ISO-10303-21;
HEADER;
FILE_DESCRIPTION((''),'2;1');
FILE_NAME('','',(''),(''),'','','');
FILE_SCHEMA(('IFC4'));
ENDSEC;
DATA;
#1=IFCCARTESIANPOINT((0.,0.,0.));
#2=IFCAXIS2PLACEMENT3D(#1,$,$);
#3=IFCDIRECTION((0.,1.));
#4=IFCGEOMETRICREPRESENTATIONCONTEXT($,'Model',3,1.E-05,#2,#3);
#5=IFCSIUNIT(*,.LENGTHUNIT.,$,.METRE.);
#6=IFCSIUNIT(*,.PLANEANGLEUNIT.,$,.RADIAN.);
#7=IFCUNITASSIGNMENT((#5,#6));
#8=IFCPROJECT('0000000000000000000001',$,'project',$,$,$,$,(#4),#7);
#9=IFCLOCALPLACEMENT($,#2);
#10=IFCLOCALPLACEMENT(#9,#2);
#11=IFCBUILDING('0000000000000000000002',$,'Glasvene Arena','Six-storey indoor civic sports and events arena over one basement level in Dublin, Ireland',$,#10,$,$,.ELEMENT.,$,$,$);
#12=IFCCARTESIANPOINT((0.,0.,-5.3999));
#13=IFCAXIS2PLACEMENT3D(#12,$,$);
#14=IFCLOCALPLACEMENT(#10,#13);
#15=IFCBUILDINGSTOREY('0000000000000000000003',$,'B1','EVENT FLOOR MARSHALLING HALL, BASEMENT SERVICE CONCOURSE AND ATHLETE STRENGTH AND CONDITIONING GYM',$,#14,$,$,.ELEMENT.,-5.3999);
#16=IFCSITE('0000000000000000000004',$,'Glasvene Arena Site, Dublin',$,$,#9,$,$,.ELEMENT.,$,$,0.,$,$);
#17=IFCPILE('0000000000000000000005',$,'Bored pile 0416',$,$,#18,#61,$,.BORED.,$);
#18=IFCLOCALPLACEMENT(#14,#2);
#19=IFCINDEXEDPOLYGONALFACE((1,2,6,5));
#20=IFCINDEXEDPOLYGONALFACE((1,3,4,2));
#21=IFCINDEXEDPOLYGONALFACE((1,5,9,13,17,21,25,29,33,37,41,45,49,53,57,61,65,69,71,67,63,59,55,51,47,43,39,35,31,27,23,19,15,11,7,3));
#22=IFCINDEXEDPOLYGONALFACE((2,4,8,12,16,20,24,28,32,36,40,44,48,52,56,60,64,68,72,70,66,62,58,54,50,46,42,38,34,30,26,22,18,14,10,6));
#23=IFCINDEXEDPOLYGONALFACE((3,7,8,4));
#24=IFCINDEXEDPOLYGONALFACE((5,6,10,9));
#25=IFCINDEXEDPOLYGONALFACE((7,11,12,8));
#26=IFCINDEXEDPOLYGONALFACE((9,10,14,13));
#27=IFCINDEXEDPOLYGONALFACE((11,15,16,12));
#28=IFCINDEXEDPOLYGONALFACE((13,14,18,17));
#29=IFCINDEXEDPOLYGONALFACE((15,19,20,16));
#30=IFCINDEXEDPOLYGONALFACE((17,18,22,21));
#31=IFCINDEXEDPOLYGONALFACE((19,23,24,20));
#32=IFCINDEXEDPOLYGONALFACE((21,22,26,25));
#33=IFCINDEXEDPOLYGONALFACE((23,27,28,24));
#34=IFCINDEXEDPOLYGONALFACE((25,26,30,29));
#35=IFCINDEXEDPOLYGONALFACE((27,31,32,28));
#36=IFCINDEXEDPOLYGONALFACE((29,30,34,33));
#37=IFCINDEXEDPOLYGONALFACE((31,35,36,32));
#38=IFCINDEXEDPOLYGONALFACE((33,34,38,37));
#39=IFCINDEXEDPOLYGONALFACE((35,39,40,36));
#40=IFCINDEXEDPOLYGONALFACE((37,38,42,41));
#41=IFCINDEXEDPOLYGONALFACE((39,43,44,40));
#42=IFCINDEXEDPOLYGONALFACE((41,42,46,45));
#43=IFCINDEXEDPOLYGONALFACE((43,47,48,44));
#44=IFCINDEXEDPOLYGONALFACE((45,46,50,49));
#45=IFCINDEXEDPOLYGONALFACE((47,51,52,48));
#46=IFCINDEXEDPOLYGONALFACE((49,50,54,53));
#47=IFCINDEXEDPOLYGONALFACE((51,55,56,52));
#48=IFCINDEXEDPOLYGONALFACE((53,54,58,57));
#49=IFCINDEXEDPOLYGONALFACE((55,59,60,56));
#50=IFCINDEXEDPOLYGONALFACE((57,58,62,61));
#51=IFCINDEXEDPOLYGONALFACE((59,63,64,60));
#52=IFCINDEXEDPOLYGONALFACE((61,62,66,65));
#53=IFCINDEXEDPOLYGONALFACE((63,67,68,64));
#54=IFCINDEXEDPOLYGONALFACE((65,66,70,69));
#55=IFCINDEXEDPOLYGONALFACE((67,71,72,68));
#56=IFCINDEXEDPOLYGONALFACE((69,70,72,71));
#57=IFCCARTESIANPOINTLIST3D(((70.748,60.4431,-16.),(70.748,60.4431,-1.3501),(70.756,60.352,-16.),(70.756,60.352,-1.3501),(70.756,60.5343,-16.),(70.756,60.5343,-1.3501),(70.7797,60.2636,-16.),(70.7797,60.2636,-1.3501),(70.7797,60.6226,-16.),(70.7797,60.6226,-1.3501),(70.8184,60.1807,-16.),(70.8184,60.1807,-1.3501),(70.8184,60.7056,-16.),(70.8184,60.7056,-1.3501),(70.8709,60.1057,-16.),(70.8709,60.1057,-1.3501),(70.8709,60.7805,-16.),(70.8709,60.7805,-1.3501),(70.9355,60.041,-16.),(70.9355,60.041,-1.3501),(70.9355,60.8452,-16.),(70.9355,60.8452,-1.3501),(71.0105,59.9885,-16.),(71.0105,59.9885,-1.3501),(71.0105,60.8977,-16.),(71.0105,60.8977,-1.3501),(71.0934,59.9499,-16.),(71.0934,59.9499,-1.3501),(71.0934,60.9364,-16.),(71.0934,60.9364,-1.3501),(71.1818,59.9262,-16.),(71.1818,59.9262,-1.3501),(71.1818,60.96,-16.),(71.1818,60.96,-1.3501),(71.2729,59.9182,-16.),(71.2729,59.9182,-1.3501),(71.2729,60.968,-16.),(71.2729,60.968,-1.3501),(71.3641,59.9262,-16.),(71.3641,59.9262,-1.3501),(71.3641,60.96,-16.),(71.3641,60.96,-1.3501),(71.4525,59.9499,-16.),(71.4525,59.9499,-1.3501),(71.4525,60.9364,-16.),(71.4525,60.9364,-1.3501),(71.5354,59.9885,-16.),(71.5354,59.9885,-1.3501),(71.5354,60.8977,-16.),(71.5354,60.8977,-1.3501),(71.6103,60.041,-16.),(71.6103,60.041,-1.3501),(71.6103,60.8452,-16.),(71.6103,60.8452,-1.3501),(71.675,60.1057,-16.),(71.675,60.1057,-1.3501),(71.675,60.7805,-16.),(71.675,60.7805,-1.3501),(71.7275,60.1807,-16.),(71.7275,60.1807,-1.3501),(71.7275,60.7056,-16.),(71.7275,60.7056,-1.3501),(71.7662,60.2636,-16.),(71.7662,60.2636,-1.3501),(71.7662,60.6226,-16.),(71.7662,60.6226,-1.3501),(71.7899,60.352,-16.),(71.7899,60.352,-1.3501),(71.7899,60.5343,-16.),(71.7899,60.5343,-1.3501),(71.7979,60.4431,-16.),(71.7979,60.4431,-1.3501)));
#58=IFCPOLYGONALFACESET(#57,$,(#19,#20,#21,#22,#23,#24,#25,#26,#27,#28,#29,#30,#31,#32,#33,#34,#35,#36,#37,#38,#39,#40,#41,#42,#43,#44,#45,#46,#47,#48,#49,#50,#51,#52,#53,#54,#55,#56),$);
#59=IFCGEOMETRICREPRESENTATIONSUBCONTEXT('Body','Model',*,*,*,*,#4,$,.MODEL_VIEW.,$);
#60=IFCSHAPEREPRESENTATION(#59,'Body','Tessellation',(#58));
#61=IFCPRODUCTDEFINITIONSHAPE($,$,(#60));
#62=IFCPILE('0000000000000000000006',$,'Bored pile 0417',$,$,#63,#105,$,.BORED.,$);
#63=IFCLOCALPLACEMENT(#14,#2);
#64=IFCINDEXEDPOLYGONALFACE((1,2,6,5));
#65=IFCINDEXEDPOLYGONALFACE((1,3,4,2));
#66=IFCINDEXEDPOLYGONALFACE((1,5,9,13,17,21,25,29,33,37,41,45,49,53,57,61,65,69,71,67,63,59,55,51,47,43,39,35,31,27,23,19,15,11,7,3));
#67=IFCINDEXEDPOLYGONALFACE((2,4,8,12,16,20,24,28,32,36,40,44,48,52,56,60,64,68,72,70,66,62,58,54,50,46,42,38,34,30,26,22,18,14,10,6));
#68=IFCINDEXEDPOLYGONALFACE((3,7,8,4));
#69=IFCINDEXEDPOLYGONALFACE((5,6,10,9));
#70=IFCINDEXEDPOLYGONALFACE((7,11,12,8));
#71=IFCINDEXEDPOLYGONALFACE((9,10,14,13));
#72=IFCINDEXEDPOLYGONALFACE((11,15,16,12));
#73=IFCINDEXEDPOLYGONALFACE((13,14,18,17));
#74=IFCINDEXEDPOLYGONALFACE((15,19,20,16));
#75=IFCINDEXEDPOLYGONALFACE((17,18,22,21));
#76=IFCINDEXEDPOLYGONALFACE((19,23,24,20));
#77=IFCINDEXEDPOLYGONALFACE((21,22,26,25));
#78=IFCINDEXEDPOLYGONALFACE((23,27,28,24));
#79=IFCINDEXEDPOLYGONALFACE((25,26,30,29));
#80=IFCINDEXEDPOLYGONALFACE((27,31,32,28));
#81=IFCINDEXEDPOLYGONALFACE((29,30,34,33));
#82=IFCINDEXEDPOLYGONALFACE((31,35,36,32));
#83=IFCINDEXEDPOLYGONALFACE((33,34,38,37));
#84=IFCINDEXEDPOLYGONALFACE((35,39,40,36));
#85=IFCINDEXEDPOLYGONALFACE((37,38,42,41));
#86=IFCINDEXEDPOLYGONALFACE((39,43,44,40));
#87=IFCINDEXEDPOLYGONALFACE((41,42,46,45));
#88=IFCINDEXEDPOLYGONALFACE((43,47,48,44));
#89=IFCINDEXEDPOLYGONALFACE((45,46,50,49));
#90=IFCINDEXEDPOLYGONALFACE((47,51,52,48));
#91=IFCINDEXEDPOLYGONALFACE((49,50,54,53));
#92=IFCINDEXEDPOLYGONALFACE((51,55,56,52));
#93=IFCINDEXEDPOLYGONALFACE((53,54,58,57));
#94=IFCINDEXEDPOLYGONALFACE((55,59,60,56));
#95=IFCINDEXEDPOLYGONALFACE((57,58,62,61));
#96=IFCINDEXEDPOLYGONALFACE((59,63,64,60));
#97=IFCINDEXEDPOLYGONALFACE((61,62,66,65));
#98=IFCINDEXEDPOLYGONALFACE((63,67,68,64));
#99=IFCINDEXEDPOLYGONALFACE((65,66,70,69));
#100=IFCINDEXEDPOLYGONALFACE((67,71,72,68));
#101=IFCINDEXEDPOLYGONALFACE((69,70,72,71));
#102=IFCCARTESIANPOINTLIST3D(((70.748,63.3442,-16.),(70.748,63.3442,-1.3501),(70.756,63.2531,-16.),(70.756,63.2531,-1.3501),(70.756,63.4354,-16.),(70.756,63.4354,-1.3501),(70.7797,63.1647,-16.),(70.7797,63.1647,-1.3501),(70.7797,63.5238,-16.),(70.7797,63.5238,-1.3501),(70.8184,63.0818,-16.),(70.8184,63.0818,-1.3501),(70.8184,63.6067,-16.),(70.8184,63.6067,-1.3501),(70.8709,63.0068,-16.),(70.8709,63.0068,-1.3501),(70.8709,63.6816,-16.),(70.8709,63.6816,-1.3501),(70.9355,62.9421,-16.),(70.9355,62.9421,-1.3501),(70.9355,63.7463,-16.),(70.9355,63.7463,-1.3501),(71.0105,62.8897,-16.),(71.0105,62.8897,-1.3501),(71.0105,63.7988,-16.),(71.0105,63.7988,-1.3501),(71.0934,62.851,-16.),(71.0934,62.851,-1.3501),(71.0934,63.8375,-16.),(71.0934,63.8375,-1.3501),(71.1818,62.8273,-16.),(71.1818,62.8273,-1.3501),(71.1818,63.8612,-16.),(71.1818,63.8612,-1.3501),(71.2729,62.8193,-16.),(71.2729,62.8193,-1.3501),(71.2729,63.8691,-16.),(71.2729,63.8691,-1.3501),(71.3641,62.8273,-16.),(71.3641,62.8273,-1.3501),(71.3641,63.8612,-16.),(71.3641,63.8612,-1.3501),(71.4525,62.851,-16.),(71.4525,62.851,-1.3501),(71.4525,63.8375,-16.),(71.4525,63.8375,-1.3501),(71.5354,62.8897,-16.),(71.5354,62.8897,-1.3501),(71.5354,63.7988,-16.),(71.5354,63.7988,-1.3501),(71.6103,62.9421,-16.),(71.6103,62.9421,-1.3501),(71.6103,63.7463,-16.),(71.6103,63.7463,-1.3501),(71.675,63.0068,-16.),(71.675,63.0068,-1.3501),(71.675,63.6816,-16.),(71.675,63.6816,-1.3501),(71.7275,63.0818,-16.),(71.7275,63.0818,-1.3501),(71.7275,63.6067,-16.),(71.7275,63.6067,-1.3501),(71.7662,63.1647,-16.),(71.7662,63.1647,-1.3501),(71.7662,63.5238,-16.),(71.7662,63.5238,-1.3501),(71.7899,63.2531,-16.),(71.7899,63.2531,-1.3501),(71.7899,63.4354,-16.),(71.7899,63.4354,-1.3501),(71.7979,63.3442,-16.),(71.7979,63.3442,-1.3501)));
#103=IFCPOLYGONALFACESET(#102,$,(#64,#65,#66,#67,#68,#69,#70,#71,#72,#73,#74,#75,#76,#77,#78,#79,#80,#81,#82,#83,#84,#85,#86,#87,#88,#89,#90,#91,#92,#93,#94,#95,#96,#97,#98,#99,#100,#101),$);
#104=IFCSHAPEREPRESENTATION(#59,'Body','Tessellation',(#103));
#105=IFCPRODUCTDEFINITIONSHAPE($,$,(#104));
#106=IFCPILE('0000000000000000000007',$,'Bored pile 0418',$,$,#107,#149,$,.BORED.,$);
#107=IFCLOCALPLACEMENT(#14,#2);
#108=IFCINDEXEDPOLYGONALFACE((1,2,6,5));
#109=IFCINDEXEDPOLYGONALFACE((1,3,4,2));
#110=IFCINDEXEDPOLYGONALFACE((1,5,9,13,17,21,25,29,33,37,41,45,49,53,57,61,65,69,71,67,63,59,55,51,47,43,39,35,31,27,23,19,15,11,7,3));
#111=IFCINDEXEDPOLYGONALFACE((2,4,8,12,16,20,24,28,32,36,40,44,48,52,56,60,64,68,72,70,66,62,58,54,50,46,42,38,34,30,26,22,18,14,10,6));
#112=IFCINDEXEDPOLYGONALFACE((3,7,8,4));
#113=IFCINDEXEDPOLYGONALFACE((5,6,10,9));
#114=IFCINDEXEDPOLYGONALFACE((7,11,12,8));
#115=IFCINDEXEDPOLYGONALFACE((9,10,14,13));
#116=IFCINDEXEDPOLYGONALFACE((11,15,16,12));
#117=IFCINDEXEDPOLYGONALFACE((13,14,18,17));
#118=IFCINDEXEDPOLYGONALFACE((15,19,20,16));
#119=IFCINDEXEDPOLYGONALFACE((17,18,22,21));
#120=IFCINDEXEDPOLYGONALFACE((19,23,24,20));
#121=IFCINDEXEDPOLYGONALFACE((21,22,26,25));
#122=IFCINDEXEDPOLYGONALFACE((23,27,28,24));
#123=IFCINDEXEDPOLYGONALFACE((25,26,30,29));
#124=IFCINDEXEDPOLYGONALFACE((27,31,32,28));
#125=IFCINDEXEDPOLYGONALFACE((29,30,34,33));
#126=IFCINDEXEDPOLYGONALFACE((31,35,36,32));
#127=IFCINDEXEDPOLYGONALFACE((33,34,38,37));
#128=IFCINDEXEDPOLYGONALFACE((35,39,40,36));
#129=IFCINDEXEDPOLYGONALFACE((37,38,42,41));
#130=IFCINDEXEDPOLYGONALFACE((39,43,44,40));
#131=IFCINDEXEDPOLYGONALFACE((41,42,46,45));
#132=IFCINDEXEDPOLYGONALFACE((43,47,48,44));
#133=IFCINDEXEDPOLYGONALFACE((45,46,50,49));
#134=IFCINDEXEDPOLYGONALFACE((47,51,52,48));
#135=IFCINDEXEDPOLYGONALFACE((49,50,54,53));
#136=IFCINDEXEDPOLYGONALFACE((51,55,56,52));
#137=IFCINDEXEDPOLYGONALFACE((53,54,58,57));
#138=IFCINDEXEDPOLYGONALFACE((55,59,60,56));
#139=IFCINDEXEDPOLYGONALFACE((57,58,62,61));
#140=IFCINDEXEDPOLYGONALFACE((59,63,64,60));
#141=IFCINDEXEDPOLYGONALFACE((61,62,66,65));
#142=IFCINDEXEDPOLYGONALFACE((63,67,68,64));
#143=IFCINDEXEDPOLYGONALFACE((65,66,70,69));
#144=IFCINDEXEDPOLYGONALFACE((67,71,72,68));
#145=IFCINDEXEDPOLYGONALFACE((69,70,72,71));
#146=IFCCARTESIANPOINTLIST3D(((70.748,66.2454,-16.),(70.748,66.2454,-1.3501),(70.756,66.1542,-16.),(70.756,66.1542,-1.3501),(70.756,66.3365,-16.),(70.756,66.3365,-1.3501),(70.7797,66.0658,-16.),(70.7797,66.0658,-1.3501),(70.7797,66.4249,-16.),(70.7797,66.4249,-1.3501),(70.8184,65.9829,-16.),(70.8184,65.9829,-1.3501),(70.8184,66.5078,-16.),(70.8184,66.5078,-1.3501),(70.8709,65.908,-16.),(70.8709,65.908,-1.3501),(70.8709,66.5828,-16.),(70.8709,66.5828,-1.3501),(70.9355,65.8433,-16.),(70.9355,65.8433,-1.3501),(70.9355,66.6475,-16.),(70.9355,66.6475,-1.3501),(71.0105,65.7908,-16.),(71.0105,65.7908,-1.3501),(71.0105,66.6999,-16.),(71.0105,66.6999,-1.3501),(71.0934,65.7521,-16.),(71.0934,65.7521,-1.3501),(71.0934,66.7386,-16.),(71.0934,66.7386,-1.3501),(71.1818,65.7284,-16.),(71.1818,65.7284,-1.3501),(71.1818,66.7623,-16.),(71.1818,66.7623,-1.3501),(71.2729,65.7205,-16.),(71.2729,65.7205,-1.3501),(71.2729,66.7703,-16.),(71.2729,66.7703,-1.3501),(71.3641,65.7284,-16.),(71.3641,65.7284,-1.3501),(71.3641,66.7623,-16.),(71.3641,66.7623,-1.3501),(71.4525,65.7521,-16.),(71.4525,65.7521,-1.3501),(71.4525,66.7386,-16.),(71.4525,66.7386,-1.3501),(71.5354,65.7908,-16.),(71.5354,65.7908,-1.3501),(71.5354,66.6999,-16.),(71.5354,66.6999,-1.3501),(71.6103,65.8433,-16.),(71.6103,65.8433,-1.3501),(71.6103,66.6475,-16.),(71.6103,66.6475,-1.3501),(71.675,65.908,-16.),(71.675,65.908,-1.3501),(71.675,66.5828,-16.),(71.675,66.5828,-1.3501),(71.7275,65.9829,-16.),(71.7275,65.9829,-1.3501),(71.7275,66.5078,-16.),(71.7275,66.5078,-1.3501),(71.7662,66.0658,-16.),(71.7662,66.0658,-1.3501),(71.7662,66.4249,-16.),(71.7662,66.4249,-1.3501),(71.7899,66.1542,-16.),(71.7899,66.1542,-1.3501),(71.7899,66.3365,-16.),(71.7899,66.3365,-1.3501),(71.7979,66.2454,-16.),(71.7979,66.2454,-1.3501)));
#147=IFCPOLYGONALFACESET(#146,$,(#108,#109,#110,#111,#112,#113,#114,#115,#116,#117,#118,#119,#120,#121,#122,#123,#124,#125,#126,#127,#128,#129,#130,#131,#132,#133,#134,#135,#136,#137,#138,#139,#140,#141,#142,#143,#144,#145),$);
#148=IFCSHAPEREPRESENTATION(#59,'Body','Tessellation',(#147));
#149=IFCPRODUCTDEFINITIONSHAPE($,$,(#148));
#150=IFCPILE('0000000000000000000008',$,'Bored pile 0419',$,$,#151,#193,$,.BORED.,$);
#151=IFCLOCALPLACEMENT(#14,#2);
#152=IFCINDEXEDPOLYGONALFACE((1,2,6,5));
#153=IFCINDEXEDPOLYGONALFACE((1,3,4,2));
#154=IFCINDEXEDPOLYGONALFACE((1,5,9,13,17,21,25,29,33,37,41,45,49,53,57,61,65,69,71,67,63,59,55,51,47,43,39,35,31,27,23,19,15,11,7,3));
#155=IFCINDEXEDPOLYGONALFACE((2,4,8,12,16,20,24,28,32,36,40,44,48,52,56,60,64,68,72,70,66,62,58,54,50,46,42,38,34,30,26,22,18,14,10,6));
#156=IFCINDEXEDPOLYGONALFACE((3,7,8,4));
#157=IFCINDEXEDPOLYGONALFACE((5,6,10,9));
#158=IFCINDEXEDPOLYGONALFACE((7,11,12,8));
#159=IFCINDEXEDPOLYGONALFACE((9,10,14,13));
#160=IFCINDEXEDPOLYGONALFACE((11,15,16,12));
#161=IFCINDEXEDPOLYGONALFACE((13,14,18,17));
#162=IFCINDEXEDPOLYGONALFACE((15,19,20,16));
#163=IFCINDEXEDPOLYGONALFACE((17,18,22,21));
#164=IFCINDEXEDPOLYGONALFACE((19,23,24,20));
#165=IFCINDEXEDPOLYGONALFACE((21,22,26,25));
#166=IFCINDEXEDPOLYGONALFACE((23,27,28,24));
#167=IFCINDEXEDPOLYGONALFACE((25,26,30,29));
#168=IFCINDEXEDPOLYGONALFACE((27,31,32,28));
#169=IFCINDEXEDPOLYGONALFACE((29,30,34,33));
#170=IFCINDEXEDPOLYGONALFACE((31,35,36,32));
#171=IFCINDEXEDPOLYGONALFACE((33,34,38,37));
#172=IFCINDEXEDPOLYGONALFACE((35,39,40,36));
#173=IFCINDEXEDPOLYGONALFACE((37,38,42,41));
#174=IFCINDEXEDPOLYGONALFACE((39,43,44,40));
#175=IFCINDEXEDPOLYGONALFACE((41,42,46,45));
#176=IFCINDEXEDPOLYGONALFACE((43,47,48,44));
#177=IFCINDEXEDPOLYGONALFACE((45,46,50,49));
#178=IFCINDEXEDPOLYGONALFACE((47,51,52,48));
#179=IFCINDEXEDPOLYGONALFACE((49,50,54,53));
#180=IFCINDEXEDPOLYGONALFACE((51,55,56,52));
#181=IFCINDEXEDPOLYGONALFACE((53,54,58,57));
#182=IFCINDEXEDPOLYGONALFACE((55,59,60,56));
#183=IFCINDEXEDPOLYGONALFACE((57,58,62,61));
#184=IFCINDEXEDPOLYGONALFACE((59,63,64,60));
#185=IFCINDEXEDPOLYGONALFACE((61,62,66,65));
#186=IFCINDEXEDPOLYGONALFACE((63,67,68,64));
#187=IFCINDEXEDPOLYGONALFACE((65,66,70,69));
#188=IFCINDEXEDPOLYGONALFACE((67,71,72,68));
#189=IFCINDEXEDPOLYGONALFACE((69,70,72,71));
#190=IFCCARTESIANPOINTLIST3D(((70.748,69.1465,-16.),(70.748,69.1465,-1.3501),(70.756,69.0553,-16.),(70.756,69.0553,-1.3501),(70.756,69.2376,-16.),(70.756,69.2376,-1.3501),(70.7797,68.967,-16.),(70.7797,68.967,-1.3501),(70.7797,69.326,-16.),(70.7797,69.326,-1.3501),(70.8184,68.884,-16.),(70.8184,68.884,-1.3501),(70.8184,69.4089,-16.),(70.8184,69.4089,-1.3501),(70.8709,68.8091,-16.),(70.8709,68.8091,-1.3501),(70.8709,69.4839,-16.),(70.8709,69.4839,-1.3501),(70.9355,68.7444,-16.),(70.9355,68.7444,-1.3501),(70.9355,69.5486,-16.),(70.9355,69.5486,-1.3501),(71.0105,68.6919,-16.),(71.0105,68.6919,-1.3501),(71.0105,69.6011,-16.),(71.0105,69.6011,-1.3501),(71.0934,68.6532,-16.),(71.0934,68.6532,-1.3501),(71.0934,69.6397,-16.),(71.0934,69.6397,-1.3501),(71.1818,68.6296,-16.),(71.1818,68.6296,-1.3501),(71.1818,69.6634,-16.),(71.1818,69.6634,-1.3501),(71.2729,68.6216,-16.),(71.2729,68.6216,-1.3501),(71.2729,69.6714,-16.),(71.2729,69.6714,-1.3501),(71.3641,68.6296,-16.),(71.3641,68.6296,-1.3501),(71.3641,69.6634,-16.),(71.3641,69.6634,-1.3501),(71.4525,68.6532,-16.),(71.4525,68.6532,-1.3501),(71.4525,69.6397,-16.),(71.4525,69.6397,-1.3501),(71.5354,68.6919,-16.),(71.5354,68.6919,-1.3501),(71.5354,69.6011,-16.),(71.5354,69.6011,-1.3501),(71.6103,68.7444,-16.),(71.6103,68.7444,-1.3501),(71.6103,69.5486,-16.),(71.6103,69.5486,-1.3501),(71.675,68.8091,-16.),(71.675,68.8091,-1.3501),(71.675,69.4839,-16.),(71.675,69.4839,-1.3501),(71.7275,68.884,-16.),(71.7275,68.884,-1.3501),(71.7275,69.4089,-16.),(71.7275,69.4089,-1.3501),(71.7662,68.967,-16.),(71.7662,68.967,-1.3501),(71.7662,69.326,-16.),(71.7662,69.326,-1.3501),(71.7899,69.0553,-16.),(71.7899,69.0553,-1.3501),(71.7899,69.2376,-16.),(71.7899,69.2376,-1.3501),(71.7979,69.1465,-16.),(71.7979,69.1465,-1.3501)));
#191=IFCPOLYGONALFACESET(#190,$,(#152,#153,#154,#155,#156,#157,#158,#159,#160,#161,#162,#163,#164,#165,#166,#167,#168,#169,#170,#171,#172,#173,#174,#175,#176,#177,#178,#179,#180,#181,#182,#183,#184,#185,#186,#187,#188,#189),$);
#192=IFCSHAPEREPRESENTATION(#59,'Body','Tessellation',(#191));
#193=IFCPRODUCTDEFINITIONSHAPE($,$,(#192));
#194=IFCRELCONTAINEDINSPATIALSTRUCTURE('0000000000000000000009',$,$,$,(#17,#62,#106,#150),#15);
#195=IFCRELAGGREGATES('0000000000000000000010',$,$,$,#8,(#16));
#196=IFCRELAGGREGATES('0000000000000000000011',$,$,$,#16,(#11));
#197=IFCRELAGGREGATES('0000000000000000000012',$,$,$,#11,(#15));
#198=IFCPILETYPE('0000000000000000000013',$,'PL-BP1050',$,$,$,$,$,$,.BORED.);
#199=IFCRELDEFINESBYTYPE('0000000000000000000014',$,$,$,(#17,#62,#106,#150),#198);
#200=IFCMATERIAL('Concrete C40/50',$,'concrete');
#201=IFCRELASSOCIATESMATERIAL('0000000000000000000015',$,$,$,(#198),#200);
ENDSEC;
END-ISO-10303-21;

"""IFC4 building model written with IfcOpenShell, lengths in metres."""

from ifc_helpers import new_model, si_unit, direction, frame, origin, origin_2d, place, context, subcontext, project, spatial, circle, extrude, material, material_profile, profile_set, type_object, element, save


model = new_model("IFC4")

# Units and contexts
model_context = context("Model", 3, precision=1e-05, world=origin(), true_north=direction((0.0, 1.0)))
body_context = subcontext(model_context, "Body", "Model", "MODEL_VIEW")
ifc_project = project(units=[si_unit("LENGTHUNIT", "METRE"), si_unit("PLANEANGLEUNIT", "RADIAN")], contexts=[model_context])

# Site, building, storey
site_placement = place(None, origin())
site = spatial("IfcSite", under=ifc_project, at=site_placement, Name="Glasvene Arena Site, Dublin", CompositionType="ELEMENT", RefElevation=0.0)
building_placement = place(site_placement, origin())
building = spatial("IfcBuilding", under=site, at=building_placement, Name="Glasvene Arena", Description="Six-storey indoor civic sports and events arena over one basement level in Dublin, Ireland", CompositionType="ELEMENT")
storey_placement = place(building_placement, frame((0.0, 0.0, -5.3999)))
storey = spatial("IfcBuildingStorey", under=building, at=storey_placement, Name="B1", Description="EVENT FLOOR MARSHALLING HALL, BASEMENT SERVICE CONCOURSE AND ATHLETE STRENGTH AND CONDITIONING GYM", CompositionType="ELEMENT", Elevation=-5.3999)

# Piles
ifc_material_1 = material(Name="Concrete C40/50", Category="concrete")
ifc_material_profile_1 = material_profile(ifc_material_1, circle(Radius=0.5249, at=origin_2d()), Name="BORED PILE 1050")
ifc_profile_set_1 = profile_set([ifc_material_profile_1], Name="Concrete C40/50")
pile_type = type_object("IfcPileType", Name="PL-BP1050", PredefinedType="BORED", material=ifc_profile_set_1)
for number, where, z_axis, x_axis, name in (
    (1, (71.2729, 60.4431, -1.3501), (0.0, 0.0, -1.0), (1.0, 0.0, 0.0), "Bored pile 0416"),
    (2, (71.2729, 63.3442, -1.3501), (0.0, 0.0, -1.0), (1.0, 0.0, 0.0), "Bored pile 0417"),
    (3, (71.2729, 66.2454, -1.3501), (0.0, 0.0, -1.0), (1.0, 0.0, 0.0), "Bored pile 0418"),
    (4, (71.2729, 69.1465, -1.3501), (0.0, 0.0, -1.0), (1.0, 0.0, 0.0), "Bored pile 0419"),
):
    element("IfcPile", number, at=place(storey_placement, frame(where, z_axis=z_axis, x_axis=x_axis)), inside=storey, type_object=pile_type, Name=name, PredefinedType="BORED", context=body_context, shape_type="SweptSolid", body=[
        extrude(circle(Radius=0.5249, at=origin_2d()), origin(), (0.0, 0.0, 1.0), 14.6499),
    ])

save(model, "model.ifc")
